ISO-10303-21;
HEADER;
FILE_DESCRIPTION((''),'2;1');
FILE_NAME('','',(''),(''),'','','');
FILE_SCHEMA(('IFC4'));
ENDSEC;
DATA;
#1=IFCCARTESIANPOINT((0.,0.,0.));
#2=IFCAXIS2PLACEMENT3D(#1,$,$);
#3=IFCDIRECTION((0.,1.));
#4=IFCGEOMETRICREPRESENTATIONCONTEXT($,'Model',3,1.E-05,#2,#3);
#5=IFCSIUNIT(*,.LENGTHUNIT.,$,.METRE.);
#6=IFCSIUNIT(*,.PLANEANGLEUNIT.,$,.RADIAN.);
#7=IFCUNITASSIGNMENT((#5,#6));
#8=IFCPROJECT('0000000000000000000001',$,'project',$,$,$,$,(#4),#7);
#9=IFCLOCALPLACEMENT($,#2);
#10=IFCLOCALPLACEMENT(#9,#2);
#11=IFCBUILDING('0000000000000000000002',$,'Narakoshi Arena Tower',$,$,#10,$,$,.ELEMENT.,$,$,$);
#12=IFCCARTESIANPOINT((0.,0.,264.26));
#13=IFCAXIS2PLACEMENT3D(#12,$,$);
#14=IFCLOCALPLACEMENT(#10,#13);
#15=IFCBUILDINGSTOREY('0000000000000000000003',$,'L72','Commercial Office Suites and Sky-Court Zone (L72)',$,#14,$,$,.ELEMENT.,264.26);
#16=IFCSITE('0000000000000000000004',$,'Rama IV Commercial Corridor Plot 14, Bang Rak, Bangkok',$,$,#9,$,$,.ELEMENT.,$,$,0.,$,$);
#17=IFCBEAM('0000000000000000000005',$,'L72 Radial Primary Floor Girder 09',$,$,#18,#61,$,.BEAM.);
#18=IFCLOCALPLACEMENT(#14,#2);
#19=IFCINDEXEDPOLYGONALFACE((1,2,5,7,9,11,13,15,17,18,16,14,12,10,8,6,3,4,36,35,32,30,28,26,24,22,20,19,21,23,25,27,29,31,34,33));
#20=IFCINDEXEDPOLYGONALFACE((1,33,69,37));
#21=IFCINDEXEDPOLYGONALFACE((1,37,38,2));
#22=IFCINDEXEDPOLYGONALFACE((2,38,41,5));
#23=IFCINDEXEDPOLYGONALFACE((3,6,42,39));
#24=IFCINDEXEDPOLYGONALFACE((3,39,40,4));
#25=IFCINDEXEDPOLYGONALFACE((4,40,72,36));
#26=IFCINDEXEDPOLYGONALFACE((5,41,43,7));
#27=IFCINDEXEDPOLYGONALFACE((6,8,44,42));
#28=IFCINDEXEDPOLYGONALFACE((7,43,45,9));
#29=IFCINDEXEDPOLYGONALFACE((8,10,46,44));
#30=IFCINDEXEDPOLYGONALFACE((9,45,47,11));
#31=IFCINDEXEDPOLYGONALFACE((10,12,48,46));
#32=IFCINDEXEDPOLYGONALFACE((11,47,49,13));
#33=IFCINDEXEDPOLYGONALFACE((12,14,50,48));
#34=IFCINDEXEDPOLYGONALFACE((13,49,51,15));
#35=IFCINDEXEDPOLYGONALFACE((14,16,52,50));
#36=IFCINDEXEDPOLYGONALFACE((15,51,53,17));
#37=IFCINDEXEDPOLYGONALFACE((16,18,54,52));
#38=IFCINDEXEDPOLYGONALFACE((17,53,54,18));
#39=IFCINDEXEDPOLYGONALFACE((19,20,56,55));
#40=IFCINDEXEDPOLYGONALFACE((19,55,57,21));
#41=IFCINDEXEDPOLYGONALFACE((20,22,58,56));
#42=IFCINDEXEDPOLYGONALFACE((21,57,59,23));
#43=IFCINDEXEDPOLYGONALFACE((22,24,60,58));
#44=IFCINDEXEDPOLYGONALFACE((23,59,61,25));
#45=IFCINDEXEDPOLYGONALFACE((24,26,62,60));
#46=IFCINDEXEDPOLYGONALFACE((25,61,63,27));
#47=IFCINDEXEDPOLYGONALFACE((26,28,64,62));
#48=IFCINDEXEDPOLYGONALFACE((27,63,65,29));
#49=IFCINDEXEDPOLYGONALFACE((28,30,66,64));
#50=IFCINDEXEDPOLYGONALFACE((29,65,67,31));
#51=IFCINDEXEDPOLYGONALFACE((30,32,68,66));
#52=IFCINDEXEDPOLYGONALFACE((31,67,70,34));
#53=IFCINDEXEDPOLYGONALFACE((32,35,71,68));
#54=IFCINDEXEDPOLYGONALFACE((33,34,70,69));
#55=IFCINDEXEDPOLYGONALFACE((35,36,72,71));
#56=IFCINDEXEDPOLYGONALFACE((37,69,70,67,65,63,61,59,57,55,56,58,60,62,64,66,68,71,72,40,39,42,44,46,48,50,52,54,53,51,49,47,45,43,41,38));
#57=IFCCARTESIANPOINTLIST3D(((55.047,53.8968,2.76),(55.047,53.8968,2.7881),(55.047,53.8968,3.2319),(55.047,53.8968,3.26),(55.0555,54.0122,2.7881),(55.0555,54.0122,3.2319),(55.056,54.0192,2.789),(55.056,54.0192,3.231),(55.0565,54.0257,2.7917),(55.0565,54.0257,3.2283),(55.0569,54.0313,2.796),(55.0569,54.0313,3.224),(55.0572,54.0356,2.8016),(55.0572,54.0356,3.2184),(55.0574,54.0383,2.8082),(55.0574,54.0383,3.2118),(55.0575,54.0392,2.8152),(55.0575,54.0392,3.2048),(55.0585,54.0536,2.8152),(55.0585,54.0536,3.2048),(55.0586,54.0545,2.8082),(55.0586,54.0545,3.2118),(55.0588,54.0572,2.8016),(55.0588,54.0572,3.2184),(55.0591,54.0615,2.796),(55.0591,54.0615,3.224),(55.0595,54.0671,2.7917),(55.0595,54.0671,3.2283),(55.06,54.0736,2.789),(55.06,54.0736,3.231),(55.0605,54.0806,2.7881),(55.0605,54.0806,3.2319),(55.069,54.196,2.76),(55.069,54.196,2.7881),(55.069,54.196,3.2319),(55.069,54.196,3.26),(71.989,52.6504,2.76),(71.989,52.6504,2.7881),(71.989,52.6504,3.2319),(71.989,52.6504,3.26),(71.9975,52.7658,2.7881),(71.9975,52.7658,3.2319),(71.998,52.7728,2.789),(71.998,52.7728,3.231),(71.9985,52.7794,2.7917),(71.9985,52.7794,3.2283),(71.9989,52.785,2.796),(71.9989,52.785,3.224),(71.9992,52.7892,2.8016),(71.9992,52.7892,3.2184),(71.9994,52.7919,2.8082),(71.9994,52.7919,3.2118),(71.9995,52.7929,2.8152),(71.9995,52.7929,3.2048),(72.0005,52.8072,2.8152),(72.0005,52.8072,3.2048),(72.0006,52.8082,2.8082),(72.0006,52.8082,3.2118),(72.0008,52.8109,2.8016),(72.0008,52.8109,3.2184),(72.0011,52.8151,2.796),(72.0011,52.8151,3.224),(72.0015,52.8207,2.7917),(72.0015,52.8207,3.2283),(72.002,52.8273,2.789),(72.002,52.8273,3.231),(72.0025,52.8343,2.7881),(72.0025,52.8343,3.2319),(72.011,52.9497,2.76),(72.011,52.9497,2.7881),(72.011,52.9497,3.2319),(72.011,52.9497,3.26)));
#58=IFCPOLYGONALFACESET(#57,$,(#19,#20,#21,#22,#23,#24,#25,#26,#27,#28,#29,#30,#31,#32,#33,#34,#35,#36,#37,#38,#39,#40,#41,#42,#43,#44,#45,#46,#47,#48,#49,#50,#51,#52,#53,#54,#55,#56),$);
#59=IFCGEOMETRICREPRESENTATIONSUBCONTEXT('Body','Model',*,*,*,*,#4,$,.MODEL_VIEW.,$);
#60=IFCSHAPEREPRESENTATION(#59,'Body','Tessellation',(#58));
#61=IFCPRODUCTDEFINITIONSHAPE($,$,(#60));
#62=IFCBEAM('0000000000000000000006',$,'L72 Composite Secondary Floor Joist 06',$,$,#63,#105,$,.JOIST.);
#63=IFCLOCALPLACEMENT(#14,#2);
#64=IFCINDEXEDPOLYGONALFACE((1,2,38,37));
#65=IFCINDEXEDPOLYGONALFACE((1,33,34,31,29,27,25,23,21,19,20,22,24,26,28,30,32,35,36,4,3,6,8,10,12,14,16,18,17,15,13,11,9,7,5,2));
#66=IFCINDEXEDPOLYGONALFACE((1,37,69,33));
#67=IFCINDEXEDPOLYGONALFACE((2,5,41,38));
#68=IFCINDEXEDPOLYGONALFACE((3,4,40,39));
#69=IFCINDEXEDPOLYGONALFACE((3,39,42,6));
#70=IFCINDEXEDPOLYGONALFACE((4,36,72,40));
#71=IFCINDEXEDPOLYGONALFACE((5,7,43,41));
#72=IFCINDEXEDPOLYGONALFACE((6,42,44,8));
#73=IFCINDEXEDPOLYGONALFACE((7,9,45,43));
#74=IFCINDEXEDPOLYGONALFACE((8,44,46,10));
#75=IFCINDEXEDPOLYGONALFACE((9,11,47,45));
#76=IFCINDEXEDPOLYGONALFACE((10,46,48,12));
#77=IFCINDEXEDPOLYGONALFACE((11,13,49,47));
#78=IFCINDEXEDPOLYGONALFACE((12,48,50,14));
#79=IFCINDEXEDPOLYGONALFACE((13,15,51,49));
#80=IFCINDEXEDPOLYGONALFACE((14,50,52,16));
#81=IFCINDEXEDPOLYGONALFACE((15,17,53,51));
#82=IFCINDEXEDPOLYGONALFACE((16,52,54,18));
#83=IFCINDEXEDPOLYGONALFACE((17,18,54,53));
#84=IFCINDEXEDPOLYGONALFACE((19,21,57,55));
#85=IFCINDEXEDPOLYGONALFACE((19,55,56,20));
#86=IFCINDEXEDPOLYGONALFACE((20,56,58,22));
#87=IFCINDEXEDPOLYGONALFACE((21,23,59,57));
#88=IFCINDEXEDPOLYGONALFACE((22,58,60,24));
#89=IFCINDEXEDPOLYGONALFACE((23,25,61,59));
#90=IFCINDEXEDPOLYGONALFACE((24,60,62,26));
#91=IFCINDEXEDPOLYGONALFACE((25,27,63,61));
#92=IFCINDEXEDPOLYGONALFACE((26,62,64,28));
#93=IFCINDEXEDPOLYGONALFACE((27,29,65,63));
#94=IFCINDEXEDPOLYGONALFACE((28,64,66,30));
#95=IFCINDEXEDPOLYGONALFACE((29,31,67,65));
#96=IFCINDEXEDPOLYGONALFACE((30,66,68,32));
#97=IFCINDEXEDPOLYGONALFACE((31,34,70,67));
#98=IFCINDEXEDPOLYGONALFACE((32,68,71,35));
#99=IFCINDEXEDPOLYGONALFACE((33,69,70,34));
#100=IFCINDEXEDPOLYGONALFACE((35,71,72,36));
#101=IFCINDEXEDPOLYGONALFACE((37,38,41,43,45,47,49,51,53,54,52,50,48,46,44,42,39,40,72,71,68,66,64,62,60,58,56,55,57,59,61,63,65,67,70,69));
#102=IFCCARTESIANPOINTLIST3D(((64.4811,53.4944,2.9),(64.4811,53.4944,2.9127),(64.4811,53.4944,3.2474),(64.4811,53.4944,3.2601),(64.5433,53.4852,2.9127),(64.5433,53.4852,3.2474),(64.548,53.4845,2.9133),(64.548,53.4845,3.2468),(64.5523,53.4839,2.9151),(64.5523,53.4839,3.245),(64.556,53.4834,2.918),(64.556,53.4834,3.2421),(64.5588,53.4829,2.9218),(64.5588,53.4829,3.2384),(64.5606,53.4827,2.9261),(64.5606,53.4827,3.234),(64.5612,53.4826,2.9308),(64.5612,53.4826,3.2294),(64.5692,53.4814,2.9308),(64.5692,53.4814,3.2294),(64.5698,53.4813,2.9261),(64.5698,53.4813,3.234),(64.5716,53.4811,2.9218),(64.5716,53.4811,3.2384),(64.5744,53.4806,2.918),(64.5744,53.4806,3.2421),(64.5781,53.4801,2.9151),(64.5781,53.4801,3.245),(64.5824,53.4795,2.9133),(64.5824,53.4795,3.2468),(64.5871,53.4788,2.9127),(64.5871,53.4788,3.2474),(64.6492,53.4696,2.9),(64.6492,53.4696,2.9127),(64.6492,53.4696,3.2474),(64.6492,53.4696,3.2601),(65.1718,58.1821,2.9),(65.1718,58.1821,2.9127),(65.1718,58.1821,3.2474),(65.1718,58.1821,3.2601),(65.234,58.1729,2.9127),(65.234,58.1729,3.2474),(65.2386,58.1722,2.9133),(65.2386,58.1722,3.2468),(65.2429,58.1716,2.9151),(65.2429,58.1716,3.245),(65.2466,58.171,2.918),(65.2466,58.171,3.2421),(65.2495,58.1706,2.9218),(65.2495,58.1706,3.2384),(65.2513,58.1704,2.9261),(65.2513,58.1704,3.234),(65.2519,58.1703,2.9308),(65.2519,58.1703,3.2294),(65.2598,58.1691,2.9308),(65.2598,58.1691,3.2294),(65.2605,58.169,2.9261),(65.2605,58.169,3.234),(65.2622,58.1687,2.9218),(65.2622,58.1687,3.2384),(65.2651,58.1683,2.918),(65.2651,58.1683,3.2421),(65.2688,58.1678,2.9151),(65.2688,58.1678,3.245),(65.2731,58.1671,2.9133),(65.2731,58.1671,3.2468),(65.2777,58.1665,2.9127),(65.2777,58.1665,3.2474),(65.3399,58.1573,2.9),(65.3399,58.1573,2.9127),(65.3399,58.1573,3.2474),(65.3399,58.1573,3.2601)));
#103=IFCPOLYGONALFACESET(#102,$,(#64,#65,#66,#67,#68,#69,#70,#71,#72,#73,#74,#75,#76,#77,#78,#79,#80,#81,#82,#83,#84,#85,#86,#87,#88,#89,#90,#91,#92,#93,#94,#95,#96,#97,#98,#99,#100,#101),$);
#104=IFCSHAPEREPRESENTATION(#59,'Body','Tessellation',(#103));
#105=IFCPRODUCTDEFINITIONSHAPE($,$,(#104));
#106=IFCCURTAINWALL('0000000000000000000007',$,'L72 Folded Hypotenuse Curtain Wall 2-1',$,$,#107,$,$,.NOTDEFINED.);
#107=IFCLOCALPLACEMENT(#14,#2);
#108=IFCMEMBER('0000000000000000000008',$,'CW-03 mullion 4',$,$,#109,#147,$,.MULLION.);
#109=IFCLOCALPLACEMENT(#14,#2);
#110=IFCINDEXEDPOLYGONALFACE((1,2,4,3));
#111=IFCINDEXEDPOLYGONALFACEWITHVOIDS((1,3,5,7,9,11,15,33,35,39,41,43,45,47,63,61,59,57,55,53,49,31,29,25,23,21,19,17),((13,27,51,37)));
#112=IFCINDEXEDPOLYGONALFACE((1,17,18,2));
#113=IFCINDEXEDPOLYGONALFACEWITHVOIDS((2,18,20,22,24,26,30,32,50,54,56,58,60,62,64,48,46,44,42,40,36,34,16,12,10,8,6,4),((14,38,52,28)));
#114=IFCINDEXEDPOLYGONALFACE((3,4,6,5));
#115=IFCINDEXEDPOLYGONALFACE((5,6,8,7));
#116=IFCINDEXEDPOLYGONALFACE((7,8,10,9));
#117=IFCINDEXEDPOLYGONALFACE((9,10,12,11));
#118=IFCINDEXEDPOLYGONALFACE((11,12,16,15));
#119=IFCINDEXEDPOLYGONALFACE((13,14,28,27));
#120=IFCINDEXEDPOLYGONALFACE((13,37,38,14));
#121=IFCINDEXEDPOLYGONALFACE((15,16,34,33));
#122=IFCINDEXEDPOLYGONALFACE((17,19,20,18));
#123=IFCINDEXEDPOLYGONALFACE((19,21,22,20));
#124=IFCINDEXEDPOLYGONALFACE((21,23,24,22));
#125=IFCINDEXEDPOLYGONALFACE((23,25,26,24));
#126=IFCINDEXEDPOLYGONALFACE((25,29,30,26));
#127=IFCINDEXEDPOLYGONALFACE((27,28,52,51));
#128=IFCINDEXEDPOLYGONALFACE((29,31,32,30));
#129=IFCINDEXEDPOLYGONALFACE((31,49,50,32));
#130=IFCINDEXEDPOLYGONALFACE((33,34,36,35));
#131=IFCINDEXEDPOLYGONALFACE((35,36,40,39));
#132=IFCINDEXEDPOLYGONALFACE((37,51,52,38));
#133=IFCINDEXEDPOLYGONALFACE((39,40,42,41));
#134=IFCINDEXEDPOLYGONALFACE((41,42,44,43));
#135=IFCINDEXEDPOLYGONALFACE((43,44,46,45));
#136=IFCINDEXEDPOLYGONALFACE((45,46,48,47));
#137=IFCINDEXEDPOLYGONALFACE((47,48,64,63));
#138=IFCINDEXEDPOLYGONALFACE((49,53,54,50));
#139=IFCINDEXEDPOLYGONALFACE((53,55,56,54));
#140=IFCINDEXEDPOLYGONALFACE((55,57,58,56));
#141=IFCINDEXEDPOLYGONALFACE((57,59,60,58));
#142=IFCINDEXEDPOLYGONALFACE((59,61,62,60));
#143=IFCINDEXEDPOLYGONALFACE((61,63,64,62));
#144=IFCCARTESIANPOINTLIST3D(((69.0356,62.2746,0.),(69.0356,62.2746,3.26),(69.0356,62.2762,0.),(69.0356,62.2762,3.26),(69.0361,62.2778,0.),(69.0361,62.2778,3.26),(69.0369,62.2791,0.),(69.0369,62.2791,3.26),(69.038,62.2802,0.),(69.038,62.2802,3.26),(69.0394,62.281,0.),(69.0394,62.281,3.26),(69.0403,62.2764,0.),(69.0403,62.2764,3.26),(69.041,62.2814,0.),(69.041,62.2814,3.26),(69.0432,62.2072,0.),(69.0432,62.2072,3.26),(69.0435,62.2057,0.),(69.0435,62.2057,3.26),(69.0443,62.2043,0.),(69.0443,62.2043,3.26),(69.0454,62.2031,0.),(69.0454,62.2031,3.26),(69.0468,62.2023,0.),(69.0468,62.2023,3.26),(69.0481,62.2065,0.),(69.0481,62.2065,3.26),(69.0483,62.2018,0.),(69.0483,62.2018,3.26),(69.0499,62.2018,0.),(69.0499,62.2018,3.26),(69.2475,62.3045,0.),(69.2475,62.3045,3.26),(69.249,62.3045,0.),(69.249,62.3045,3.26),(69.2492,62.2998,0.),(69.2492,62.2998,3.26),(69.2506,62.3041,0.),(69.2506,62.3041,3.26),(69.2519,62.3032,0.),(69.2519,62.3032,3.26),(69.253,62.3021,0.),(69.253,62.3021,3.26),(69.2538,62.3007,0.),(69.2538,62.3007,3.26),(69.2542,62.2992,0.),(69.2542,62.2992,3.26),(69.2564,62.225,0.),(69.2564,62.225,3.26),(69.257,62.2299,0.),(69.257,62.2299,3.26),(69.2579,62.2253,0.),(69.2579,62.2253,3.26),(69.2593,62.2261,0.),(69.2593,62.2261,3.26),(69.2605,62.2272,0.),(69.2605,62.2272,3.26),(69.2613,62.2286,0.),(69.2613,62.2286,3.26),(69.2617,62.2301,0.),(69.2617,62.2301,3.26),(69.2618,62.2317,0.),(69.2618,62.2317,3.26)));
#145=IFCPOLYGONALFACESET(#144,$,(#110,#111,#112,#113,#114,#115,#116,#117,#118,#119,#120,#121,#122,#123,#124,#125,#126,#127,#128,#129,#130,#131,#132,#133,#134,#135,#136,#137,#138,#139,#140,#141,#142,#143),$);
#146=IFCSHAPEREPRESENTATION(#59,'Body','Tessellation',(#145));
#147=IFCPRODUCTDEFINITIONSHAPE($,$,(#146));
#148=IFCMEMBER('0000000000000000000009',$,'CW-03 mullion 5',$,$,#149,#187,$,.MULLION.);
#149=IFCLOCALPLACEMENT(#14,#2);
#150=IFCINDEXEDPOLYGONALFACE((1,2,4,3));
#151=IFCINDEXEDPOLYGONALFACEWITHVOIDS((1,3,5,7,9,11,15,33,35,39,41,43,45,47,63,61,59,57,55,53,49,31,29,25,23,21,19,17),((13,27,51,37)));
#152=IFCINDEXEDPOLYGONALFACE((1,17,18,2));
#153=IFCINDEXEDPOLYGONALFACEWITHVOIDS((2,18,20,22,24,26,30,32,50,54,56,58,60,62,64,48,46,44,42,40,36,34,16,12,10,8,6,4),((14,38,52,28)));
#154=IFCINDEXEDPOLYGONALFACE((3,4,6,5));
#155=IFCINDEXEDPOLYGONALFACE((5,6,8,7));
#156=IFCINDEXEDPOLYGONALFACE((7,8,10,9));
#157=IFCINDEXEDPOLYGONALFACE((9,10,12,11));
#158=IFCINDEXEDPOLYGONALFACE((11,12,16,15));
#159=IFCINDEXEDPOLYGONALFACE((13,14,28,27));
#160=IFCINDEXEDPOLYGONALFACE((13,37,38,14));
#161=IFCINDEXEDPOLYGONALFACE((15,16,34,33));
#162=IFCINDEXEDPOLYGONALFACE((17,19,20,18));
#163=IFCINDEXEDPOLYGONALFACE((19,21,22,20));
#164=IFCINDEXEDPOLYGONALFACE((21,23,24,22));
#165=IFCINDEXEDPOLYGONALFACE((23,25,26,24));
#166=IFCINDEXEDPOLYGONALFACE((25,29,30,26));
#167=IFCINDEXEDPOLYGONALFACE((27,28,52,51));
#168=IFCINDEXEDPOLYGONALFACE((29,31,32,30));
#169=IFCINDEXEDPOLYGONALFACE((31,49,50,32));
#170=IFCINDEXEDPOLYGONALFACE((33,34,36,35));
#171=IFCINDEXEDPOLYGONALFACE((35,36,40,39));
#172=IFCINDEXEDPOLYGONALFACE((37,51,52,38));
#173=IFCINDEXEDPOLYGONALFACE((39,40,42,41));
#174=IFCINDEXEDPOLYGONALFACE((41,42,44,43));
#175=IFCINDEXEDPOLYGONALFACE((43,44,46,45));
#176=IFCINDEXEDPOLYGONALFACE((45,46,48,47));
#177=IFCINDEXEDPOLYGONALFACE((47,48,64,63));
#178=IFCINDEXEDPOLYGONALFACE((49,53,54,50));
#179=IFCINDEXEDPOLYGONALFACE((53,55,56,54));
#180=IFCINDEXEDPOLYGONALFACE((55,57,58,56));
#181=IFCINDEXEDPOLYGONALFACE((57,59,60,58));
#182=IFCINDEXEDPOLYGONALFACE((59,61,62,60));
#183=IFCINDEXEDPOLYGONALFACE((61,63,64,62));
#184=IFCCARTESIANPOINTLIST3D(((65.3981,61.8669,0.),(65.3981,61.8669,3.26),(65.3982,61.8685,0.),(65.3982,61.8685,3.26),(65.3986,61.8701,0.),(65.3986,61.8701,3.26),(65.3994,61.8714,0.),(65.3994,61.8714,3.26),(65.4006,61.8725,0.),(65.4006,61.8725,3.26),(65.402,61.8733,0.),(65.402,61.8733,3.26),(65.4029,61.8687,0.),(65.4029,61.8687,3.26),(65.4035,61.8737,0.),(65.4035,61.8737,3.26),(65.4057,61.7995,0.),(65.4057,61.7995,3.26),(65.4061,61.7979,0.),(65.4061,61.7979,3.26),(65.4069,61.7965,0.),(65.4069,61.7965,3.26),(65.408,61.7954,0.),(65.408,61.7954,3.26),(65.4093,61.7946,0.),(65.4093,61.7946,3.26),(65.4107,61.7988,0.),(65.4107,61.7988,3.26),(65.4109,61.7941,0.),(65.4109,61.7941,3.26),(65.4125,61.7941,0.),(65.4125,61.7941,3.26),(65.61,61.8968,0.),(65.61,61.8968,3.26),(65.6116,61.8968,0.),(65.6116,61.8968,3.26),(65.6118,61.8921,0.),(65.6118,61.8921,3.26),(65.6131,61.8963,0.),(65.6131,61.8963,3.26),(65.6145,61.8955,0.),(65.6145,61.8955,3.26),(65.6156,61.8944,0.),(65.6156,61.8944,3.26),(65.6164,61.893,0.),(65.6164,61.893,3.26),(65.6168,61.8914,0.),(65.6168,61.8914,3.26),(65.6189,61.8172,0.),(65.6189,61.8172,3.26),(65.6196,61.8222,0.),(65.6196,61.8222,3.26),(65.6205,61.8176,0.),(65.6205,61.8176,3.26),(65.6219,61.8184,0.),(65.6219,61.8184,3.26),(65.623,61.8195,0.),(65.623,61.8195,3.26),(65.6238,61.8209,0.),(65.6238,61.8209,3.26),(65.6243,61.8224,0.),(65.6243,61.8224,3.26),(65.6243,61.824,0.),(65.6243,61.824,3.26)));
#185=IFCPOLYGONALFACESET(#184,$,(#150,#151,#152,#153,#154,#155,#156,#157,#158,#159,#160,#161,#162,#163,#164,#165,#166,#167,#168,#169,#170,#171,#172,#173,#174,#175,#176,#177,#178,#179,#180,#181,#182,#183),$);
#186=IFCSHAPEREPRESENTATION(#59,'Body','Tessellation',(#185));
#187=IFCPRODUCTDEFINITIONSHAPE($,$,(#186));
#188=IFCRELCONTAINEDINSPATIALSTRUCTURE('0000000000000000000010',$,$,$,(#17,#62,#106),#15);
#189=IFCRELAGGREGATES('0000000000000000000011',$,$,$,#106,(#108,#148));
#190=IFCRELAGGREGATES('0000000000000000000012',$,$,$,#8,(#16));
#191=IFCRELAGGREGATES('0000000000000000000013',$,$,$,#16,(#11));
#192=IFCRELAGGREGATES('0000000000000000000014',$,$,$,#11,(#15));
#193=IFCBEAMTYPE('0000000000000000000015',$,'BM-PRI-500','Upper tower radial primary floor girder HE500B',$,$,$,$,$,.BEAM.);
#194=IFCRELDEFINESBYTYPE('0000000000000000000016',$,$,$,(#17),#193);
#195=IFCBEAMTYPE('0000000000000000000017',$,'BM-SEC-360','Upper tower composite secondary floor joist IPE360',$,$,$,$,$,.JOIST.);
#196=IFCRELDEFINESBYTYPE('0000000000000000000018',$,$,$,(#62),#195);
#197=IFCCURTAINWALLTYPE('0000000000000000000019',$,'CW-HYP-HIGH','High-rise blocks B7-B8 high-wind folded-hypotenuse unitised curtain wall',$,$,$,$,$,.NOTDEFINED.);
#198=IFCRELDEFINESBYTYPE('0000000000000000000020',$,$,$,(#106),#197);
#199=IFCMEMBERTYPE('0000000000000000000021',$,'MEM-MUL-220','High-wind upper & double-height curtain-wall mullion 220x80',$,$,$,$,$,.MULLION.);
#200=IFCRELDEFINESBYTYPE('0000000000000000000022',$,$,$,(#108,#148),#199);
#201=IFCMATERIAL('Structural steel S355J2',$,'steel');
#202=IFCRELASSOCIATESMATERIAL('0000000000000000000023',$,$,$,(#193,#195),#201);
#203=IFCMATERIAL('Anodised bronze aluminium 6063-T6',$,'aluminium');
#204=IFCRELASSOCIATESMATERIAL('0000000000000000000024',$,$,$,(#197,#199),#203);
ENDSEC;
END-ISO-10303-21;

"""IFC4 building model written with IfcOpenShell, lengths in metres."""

from ifc_helpers import new_model, si_unit, direction, frame, origin, origin_2d, place, context, subcontext, project, spatial, hollow_rectangle, i_section, extrude, material, material_profile, profile_set, type_object, element, aggregate, save


model = new_model("IFC4")

# Units and contexts
model_context = context("Model", 3, precision=1e-05, world=origin(), true_north=direction((0.0, 1.0)))
body_context = subcontext(model_context, "Body", "Model", "MODEL_VIEW")
ifc_project = project(units=[si_unit("LENGTHUNIT", "METRE"), si_unit("PLANEANGLEUNIT", "RADIAN")], contexts=[model_context])

# Site, building, storey
site_placement = place(None, origin())
site = spatial("IfcSite", under=ifc_project, at=site_placement, Name="Rama IV Commercial Corridor Plot 14, Bang Rak, Bangkok", CompositionType="ELEMENT", RefElevation=0.0)
building_placement = place(site_placement, origin())
building = spatial("IfcBuilding", under=site, at=building_placement, Name="Narakoshi Arena Tower", CompositionType="ELEMENT")
storey_placement = place(building_placement, frame((0.0, 0.0, 264.26)))
storey = spatial("IfcBuildingStorey", under=building, at=storey_placement, Name="L72", Description="Commercial Office Suites and Sky-Court Zone (L72)", CompositionType="ELEMENT", Elevation=264.26)

# Beams
ifc_material_1 = material(Name="Structural steel S355J2", Category="steel")
ifc_material_profile_1 = material_profile(ifc_material_1, i_section(OverallWidth=0.3, OverallDepth=0.5, WebThickness=0.0144, FlangeThickness=0.0281, FilletRadius=0.0271, at=origin_2d()), Name="HE500B")
ifc_profile_set_1 = profile_set([ifc_material_profile_1], Name="Structural steel S355J2")
beam_type_1 = type_object("IfcBeamType", Name="BM-PRI-500", Description="Upper tower radial primary floor girder HE500B", PredefinedType="BEAM", material=ifc_profile_set_1)
beam_1_placement = place(storey_placement, frame((72.0, 52.8, 3.01), z_axis=(-0.997305, 0.073367, 0.0), x_axis=(-0.073367, -0.997305, 0.0)))
element("IfcBeam", 1, at=beam_1_placement, inside=storey, type_object=beam_type_1, Name="L72 Radial Primary Floor Girder 09", PredefinedType="BEAM", context=body_context, shape_type="SweptSolid", body=[
    extrude(i_section(OverallWidth=0.3, OverallDepth=0.5, WebThickness=0.0144, FlangeThickness=0.0281, FilletRadius=0.0271, at=origin_2d()), origin(), (0.0, 0.0, 1.0), 16.9878),
])
ifc_material_profile_2 = material_profile(ifc_material_1, i_section(OverallWidth=0.1699, OverallDepth=0.3601, WebThickness=0.0081, FlangeThickness=0.0127, FilletRadius=0.0181, at=origin_2d()), Name="IPE360")
ifc_profile_set_2 = profile_set([ifc_material_profile_2], Name="Structural steel S355J2")
beam_type_2 = type_object("IfcBeamType", Name="BM-SEC-360", Description="Upper tower composite secondary floor joist IPE360", PredefinedType="JOIST", material=ifc_profile_set_2)
beam_2_placement = place(storey_placement, frame((65.2559, 58.1697, 3.0801), z_axis=(-0.145762, -0.98932, 0.0), x_axis=(0.98932, -0.145762, 0.0)))
element("IfcBeam", 2, at=beam_2_placement, inside=storey, type_object=beam_type_2, Name="L72 Composite Secondary Floor Joist 06", PredefinedType="JOIST", context=body_context, shape_type="SweptSolid", body=[
    extrude(i_section(OverallWidth=0.1699, OverallDepth=0.3601, WebThickness=0.0081, FlangeThickness=0.0127, FilletRadius=0.0181, at=origin_2d()), origin(), (0.0, 0.0, 1.0), 4.7383),
])

# Curtain wall, members
ifc_material_2 = material(Name="Anodised bronze aluminium 6063-T6", Category="aluminium")
curtain_wall_type = type_object("IfcCurtainWallType", Name="CW-HYP-HIGH", Description="High-rise blocks B7-B8 high-wind folded-hypotenuse unitised curtain wall", PredefinedType="NOTDEFINED", material=ifc_material_2)
curtain_wall_placement = place(storey_placement, origin())
curtain_wall = element("IfcCurtainWall", 3, at=curtain_wall_placement, inside=storey, type_object=curtain_wall_type, Name="L72 Folded Hypotenuse Curtain Wall 2-1", PredefinedType="NOTDEFINED")
ifc_material_profile_3 = material_profile(ifc_material_2, hollow_rectangle(XDim=0.0801, YDim=0.22, WallThickness=0.0049, OuterFilletRadius=0.0061, at=origin_2d()), Name="MUL220x80x5")
ifc_profile_set_3 = profile_set([ifc_material_profile_3], Name="Anodised bronze aluminium 6063-T6")
member_type_1 = type_object("IfcMemberType", Name="MEM-MUL-220", Description="High-wind upper & double-height curtain-wall mullion 220x80", PredefinedType="MULLION", material=ifc_profile_set_3)
member_1_placement = place(storey_placement, frame((69.1487, 62.2532, 0.0), z_axis=(0.0, 0.0, 1.0), x_axis=(0.111396, -0.993776, 0.0)))
member_1 = element("IfcMember", 4, at=member_1_placement, type_object=member_type_1, Name="CW-03 mullion 4", PredefinedType="MULLION", context=body_context, shape_type="SweptSolid", body=[
    extrude(hollow_rectangle(XDim=0.0801, YDim=0.22, WallThickness=0.0049, OuterFilletRadius=0.0061, at=origin_2d()), origin(), (0.0, 0.0, 1.0), 3.26),
])
member_2_placement = place(storey_placement, frame((65.5112, 61.8455, 0.0), z_axis=(0.0, 0.0, 1.0), x_axis=(0.111396, -0.993776, 0.0)))
member_2 = element("IfcMember", 5, at=member_2_placement, type_object=member_type_1, Name="CW-03 mullion 5", PredefinedType="MULLION", context=body_context, shape_type="SweptSolid", body=[
    extrude(hollow_rectangle(XDim=0.0801, YDim=0.22, WallThickness=0.0049, OuterFilletRadius=0.0061, at=origin_2d()), origin(), (0.0, 0.0, 1.0), 3.26),
])
aggregate(curtain_wall, [member_1, member_2])

save(model, "model.ifc")
